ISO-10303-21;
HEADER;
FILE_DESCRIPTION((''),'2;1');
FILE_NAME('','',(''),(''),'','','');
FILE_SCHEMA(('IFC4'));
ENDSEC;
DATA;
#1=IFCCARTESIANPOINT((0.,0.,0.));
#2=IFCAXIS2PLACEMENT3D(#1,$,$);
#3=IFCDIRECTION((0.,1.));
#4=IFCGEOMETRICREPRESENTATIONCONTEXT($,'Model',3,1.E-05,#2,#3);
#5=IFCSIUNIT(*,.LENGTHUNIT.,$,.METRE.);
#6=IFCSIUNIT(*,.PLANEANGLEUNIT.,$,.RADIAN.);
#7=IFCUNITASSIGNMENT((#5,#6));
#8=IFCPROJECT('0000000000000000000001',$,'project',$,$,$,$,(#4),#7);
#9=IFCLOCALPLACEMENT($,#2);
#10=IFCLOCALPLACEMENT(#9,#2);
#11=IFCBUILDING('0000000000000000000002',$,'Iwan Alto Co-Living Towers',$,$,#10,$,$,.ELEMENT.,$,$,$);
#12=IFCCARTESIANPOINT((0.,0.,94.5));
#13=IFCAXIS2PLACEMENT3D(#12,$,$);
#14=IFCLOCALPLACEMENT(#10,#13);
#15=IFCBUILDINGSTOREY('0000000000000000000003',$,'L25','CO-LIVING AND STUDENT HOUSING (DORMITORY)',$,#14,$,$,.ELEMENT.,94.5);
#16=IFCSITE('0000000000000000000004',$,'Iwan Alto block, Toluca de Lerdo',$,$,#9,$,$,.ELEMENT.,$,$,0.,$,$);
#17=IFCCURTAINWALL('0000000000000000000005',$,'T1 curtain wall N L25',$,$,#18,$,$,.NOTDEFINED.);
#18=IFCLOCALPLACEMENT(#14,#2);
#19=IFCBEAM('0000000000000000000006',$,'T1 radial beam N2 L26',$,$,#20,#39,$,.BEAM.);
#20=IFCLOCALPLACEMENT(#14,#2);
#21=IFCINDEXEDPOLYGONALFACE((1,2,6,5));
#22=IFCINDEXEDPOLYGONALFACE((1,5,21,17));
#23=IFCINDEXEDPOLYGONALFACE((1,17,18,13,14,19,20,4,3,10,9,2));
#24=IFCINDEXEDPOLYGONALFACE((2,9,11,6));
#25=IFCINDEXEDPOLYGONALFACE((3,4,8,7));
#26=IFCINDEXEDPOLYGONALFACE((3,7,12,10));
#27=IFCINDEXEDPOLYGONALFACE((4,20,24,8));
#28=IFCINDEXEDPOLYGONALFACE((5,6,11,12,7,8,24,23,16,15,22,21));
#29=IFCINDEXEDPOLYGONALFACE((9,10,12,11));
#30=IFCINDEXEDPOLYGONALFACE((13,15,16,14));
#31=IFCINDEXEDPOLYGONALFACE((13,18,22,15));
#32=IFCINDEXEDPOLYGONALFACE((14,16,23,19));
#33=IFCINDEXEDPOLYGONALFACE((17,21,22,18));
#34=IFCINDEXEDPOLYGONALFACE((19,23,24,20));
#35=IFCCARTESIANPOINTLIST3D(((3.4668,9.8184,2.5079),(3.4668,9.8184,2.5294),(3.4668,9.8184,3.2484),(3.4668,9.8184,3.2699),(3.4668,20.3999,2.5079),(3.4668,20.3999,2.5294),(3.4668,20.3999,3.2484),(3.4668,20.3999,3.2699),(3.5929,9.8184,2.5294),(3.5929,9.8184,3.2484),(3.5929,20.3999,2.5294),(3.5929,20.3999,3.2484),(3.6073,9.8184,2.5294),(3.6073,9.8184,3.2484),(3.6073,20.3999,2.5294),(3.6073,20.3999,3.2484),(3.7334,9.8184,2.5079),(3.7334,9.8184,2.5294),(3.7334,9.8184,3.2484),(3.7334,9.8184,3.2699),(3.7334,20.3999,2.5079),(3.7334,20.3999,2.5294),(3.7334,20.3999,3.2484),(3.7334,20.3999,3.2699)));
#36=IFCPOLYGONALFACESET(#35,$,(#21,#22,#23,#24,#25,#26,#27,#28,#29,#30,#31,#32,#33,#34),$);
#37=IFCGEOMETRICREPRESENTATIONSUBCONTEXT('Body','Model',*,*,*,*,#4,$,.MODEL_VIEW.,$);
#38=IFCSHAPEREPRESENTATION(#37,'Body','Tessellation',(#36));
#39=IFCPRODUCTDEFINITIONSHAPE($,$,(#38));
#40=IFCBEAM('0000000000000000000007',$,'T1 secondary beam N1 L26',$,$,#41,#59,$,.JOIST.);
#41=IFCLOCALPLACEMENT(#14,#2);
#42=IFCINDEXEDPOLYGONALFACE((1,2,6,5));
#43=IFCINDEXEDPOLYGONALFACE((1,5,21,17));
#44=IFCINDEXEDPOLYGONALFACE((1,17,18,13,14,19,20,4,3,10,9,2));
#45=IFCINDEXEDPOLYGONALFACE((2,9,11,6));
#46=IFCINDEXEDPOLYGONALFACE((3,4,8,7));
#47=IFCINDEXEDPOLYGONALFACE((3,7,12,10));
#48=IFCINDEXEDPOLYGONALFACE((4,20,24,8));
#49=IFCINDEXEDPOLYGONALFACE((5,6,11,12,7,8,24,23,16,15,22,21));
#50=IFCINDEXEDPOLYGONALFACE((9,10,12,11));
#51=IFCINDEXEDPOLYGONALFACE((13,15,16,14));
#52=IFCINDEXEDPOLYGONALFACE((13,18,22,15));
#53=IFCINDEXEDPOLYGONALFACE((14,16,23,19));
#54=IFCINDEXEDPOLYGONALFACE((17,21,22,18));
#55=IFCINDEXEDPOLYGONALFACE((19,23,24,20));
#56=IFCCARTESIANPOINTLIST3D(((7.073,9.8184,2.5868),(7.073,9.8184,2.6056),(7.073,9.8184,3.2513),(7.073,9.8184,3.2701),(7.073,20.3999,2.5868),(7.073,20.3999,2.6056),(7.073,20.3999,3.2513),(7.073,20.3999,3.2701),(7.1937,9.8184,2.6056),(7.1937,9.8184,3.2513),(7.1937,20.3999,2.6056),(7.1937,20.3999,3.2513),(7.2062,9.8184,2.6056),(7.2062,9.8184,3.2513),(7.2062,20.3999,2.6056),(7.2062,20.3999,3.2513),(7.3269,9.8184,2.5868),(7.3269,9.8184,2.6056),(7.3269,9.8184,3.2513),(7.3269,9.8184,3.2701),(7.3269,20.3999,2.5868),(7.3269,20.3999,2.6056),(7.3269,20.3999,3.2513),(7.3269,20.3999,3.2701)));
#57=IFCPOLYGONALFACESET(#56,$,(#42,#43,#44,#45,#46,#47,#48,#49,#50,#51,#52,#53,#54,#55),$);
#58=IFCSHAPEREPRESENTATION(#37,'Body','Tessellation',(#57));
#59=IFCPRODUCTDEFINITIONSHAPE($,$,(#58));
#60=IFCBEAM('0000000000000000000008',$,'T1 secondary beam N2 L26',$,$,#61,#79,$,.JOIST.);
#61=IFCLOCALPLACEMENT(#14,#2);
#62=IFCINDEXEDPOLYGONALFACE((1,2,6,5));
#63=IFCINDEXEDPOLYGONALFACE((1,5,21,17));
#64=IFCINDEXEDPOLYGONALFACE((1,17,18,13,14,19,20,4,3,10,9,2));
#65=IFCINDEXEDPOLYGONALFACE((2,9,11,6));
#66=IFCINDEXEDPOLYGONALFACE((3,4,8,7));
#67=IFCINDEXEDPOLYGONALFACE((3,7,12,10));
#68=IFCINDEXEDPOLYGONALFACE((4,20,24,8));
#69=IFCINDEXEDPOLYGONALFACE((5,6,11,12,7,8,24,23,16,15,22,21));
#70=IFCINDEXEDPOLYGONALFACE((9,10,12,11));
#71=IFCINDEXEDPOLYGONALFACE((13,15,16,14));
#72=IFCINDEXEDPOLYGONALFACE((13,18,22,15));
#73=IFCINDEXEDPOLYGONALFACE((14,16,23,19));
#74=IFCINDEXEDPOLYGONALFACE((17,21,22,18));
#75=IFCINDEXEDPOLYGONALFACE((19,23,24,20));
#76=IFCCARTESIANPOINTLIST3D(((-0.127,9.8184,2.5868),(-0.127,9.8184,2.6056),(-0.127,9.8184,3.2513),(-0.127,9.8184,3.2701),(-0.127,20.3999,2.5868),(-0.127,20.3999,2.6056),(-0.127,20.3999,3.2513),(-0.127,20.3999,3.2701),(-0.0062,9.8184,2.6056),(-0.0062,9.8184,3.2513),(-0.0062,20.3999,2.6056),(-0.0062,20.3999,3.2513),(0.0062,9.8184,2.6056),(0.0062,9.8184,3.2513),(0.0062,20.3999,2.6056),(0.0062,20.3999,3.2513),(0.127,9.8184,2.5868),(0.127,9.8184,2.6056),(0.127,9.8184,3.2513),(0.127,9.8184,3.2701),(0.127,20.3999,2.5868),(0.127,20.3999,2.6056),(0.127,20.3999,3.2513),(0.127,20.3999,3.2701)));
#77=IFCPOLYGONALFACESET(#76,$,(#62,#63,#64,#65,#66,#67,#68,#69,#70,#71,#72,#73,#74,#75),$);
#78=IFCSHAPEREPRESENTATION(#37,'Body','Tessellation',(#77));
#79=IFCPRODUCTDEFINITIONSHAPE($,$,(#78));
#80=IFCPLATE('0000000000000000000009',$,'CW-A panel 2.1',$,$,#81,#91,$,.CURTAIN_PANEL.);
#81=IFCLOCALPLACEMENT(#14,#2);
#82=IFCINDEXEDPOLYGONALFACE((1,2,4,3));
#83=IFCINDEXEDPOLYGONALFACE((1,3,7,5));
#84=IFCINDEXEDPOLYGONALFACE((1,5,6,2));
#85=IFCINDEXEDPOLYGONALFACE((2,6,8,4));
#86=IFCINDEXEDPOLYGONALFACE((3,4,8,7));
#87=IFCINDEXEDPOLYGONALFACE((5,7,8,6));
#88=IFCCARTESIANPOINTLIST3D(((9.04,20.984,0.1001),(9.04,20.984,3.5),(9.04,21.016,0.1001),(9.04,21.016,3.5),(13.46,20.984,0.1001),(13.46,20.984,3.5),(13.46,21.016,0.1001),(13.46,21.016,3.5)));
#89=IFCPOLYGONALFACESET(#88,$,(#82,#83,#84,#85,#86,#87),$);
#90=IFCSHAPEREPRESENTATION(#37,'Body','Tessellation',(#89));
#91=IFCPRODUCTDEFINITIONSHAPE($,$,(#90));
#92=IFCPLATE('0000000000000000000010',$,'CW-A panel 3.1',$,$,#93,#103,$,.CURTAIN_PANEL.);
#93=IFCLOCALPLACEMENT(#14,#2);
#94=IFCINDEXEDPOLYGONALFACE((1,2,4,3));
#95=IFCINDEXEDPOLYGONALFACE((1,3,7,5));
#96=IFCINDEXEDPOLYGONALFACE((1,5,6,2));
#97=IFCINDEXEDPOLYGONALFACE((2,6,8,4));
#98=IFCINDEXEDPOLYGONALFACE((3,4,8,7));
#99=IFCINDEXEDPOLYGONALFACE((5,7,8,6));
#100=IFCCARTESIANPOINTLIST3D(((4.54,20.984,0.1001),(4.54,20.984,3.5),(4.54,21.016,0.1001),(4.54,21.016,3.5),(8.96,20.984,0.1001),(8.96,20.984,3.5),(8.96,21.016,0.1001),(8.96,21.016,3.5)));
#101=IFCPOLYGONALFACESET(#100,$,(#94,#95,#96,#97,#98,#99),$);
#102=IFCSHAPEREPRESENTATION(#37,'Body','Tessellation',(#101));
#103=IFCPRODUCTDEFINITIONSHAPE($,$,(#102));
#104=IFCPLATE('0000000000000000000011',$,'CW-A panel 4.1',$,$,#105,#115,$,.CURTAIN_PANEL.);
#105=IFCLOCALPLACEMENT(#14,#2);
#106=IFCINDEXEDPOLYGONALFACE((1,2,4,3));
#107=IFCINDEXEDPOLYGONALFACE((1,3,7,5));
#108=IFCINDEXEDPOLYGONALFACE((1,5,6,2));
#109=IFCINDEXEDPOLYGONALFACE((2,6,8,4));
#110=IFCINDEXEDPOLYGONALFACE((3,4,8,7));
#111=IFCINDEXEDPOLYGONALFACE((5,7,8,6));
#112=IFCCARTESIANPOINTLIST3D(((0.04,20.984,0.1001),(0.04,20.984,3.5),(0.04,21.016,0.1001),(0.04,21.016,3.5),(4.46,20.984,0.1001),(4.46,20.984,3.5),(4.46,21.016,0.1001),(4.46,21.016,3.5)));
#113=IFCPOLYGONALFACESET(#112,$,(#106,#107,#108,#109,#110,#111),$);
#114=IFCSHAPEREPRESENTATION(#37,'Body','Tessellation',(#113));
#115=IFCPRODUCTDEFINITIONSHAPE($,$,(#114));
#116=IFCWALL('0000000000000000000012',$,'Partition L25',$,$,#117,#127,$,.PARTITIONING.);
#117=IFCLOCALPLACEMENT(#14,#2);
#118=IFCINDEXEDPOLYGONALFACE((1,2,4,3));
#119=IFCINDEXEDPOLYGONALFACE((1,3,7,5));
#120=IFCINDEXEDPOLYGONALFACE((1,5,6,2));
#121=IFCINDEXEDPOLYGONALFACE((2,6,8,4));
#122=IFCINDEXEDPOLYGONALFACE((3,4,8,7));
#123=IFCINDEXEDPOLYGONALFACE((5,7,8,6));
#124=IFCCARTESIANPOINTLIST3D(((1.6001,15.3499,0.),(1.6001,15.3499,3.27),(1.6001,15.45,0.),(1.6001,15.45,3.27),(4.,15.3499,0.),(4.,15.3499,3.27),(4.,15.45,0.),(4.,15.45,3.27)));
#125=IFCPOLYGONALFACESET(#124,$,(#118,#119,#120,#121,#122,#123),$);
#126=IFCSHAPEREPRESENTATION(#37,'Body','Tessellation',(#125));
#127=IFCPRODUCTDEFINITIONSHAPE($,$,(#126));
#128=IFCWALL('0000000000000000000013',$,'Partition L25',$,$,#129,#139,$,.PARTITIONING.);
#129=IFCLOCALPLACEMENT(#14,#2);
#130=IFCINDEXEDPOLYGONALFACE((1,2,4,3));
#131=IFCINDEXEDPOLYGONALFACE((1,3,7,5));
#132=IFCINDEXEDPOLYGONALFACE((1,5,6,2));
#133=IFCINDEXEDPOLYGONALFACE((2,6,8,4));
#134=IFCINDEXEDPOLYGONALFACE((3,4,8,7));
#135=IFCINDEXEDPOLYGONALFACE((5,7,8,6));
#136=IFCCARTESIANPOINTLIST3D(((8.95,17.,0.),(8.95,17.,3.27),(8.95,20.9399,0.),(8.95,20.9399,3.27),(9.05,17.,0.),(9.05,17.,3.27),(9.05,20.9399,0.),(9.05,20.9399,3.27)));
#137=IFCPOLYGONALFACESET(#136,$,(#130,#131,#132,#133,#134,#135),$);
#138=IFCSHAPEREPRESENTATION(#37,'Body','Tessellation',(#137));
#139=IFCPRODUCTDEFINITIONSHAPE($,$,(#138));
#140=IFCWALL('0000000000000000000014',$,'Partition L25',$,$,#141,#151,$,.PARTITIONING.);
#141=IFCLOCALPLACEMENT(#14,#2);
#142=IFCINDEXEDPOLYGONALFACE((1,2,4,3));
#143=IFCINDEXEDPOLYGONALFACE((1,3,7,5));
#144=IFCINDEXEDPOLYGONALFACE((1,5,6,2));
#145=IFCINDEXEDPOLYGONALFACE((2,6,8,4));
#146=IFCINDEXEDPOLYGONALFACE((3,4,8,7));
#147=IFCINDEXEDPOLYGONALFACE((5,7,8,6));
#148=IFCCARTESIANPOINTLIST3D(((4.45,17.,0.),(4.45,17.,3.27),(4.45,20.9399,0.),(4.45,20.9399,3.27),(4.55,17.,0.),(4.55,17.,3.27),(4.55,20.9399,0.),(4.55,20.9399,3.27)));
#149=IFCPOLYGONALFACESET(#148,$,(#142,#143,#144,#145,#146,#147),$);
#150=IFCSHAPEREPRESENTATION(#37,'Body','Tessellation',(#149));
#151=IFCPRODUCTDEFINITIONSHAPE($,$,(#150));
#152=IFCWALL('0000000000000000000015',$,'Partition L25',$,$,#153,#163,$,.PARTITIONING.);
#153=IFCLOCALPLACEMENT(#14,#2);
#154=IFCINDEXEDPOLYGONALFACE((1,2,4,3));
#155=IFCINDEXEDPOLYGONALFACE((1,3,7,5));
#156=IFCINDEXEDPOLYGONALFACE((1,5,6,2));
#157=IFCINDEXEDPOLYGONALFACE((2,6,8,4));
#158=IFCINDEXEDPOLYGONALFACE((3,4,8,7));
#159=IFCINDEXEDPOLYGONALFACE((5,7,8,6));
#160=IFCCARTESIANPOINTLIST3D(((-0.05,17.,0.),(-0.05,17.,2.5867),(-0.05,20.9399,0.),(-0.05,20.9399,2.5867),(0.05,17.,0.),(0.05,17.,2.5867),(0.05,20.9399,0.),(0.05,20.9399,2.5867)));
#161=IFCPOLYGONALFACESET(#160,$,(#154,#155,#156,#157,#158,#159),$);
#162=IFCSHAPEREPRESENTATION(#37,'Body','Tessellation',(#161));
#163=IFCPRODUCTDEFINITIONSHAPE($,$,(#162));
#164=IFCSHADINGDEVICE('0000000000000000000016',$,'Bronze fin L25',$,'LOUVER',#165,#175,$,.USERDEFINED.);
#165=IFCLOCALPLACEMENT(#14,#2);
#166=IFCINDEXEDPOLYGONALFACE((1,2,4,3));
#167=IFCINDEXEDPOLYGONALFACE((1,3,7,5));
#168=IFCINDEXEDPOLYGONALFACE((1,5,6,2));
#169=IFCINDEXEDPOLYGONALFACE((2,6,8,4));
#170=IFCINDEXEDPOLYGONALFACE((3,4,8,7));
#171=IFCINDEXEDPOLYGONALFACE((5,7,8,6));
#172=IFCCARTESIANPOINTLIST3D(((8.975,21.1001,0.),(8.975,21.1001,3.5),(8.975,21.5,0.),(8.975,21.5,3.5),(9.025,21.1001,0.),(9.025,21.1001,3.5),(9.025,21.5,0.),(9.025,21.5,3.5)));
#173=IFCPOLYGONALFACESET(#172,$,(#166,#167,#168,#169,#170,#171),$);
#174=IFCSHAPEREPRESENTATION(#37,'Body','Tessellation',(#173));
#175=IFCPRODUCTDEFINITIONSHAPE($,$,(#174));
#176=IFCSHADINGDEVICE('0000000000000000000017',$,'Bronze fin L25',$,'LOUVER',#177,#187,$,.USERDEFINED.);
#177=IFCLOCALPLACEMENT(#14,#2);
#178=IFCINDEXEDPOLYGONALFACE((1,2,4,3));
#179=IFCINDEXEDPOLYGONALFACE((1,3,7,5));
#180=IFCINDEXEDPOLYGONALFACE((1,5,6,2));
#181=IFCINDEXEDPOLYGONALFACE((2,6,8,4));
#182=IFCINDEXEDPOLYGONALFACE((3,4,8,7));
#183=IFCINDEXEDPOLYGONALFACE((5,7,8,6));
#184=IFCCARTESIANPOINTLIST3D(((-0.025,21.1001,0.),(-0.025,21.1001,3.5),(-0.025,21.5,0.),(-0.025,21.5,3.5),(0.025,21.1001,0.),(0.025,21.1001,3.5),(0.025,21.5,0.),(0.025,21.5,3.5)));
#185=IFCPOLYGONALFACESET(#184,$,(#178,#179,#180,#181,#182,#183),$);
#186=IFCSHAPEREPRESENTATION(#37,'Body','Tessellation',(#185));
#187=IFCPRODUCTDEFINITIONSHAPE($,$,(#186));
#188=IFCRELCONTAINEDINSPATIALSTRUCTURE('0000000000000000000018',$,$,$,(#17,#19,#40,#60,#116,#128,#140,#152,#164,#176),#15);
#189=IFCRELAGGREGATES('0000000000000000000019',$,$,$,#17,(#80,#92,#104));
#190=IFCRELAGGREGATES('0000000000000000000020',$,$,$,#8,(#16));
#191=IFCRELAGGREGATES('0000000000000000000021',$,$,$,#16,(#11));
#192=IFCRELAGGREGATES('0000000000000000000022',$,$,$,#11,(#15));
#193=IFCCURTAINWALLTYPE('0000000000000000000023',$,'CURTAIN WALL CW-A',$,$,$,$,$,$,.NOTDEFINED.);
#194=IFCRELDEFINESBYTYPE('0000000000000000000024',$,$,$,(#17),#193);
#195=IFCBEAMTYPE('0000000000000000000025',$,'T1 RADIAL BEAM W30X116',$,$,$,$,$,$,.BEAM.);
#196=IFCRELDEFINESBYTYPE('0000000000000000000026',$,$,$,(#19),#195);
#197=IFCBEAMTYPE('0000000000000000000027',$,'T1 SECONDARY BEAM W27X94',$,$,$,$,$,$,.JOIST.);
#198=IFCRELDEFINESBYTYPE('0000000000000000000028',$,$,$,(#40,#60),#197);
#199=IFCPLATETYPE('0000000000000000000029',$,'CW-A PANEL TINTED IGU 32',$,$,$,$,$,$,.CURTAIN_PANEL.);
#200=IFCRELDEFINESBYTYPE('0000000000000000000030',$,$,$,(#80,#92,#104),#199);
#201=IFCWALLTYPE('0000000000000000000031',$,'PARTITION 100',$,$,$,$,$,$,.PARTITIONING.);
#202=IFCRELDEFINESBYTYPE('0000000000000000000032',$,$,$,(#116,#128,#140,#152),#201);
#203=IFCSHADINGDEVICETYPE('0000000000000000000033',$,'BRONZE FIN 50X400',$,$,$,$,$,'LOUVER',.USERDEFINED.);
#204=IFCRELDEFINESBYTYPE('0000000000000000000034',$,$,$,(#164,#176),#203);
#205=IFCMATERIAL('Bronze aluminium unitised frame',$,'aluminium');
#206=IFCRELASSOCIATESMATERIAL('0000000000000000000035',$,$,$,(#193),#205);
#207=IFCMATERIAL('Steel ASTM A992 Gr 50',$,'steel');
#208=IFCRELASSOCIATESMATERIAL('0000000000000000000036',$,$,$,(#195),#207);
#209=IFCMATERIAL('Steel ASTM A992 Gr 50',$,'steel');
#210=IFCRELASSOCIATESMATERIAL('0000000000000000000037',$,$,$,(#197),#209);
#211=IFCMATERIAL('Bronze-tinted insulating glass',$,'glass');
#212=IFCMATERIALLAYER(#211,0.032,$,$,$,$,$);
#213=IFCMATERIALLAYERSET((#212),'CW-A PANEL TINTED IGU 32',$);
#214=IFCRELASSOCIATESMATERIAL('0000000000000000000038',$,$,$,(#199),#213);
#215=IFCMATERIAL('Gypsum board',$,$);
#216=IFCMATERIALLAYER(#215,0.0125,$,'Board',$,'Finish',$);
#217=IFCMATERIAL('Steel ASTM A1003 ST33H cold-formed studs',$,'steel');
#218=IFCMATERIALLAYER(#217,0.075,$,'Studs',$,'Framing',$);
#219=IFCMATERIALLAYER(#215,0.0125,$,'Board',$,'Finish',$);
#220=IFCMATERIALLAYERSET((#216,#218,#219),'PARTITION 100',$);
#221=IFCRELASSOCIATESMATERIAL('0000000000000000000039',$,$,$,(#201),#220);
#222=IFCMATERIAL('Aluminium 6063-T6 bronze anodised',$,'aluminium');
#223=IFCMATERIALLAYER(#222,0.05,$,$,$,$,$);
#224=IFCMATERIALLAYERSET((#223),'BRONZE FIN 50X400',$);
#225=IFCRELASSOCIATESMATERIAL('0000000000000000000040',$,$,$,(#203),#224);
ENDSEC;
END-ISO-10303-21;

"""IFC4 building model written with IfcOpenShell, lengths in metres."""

from ifc_helpers import new_model, si_unit, direction, frame, frame_2d, origin, origin_2d, place, context, subcontext, project, spatial, rectangle, i_section, extrude, material, layer, layer_set, material_profile, profile_set, type_object, element, aggregate, save


model = new_model("IFC4")

# Units and contexts
model_context = context("Model", 3, precision=1e-05, world=origin(), true_north=direction((0.0, 1.0)))
body_context = subcontext(model_context, "Body", "Model", "MODEL_VIEW")
ifc_project = project(units=[si_unit("LENGTHUNIT", "METRE"), si_unit("PLANEANGLEUNIT", "RADIAN")], contexts=[model_context])

# Site, building, storey
site_placement = place(None, origin())
site = spatial("IfcSite", under=ifc_project, at=site_placement, Name="Iwan Alto block, Toluca de Lerdo", CompositionType="ELEMENT", RefElevation=0.0)
building_placement = place(site_placement, origin())
building = spatial("IfcBuilding", under=site, at=building_placement, Name="Iwan Alto Co-Living Towers", CompositionType="ELEMENT")
storey_placement = place(building_placement, frame((0.0, 0.0, 94.5)))
storey = spatial("IfcBuildingStorey", under=building, at=storey_placement, Name="L25", Description="CO-LIVING AND STUDENT HOUSING (DORMITORY)", CompositionType="ELEMENT", Elevation=94.5)

# Curtain wall
ifc_material_1 = material(Name="Bronze aluminium unitised frame", Category="aluminium")
curtain_wall_type = type_object("IfcCurtainWallType", Name="CURTAIN WALL CW-A", PredefinedType="NOTDEFINED", material=ifc_material_1)
curtain_wall_placement = place(storey_placement, origin())
curtain_wall = element("IfcCurtainWall", 1, at=curtain_wall_placement, inside=storey, type_object=curtain_wall_type, Name="T1 curtain wall N L25", PredefinedType="NOTDEFINED")

# Beams
ifc_material_2 = material(Name="Steel ASTM A992 Gr 50", Category="steel")
ifc_material_profile_1 = material_profile(ifc_material_2, i_section(OverallWidth=0.2666, OverallDepth=0.762, WebThickness=0.0144, FlangeThickness=0.0215, at=origin_2d()), Name="W30X116")
ifc_profile_set_1 = profile_set([ifc_material_profile_1], Name="Steel ASTM A992 Gr 50")
beam_type_1 = type_object("IfcBeamType", Name="T1 RADIAL BEAM W30X116", PredefinedType="BEAM", material=ifc_profile_set_1)
beam_1_placement = place(storey_placement, frame((3.6001, 20.3999, 2.8889), z_axis=(0.0, -1.0, 0.0), x_axis=(1.0, 0.0, 0.0)))
element("IfcBeam", 2, at=beam_1_placement, inside=storey, type_object=beam_type_1, Name="T1 radial beam N2 L26", PredefinedType="BEAM", context=body_context, shape_type="SweptSolid", body=[
    extrude(i_section(OverallWidth=0.2666, OverallDepth=0.762, WebThickness=0.0144, FlangeThickness=0.0215, at=origin_2d()), origin(), (0.0, 0.0, 1.0), 10.5815),
])
ifc_material_3 = material(Name="Steel ASTM A992 Gr 50", Category="steel")
ifc_material_profile_2 = material_profile(ifc_material_3, i_section(OverallWidth=0.2539, OverallDepth=0.6833, WebThickness=0.0125, FlangeThickness=0.0188, at=origin_2d()), Name="W27X94")
ifc_profile_set_2 = profile_set([ifc_material_profile_2], Name="Steel ASTM A992 Gr 50")
beam_type_2 = type_object("IfcBeamType", Name="T1 SECONDARY BEAM W27X94", PredefinedType="JOIST", material=ifc_profile_set_2)
for number, where, z_axis, x_axis, name in (
    (3, (7.2, 20.3999, 2.9285), (0.0, -1.0, 0.0), (1.0, 0.0, 0.0), "T1 secondary beam N1 L26"),
    (4, (0.0, 20.3999, 2.9285), (0.0, -1.0, 0.0), (1.0, 0.0, 0.0), "T1 secondary beam N2 L26"),
):
    element("IfcBeam", number, at=place(storey_placement, frame(where, z_axis=z_axis, x_axis=x_axis)), inside=storey, type_object=beam_type_2, Name=name, PredefinedType="JOIST", context=body_context, shape_type="SweptSolid", body=[
        extrude(i_section(OverallWidth=0.2539, OverallDepth=0.6833, WebThickness=0.0125, FlangeThickness=0.0188, at=origin_2d()), origin(), (0.0, 0.0, 1.0), 10.5815),
    ])

# Plates
ifc_material_4 = material(Name="Bronze-tinted insulating glass", Category="glass")
ifc_layer_1 = layer(ifc_material_4, 0.032)
ifc_layer_set_1 = layer_set([ifc_layer_1], Name="CW-A PANEL TINTED IGU 32")
plate_type = type_object("IfcPlateType", Name="CW-A PANEL TINTED IGU 32", PredefinedType="CURTAIN_PANEL", material=ifc_layer_set_1)
plate_1_placement = place(storey_placement, frame((11.25, 21.0, 0.1001), z_axis=(0.0, 0.0, 1.0), x_axis=(-1.0, 0.0, 0.0)))
plate_1 = element("IfcPlate", 5, at=plate_1_placement, type_object=plate_type, Name="CW-A panel 2.1", PredefinedType="CURTAIN_PANEL", context=body_context, shape_type="SweptSolid", body=[
    extrude(rectangle(XDim=4.4199, YDim=0.032, at=origin_2d()), origin(), (0.0, 0.0, 1.0), 3.3999),
])
plate_2_placement = place(storey_placement, frame((6.75, 21.0, 0.1001), z_axis=(0.0, 0.0, 1.0), x_axis=(-1.0, 0.0, 0.0)))
plate_2 = element("IfcPlate", 6, at=plate_2_placement, type_object=plate_type, Name="CW-A panel 3.1", PredefinedType="CURTAIN_PANEL", context=body_context, shape_type="SweptSolid", body=[
    extrude(rectangle(XDim=4.4199, YDim=0.032, at=origin_2d()), origin(), (0.0, 0.0, 1.0), 3.3999),
])
plate_3_placement = place(storey_placement, frame((2.25, 21.0, 0.1001), z_axis=(0.0, 0.0, 1.0), x_axis=(-1.0, 0.0, 0.0)))
plate_3 = element("IfcPlate", 7, at=plate_3_placement, type_object=plate_type, Name="CW-A panel 4.1", PredefinedType="CURTAIN_PANEL", context=body_context, shape_type="SweptSolid", body=[
    extrude(rectangle(XDim=4.4199, YDim=0.032, at=origin_2d()), origin(), (0.0, 0.0, 1.0), 3.3999),
])
aggregate(curtain_wall, [plate_1, plate_2, plate_3])

# Walls
ifc_material_5 = material(Name="Gypsum board")
ifc_layer_2 = layer(ifc_material_5, 0.0125, Name="Board", Category="Finish")
ifc_material_6 = material(Name="Steel ASTM A1003 ST33H cold-formed studs", Category="steel")
ifc_layer_3 = layer(ifc_material_6, 0.075, Name="Studs", Category="Framing")
ifc_layer_4 = layer(ifc_material_5, 0.0125, Name="Board", Category="Finish")
ifc_layer_set_2 = layer_set([ifc_layer_2, ifc_layer_3, ifc_layer_4], Name="PARTITION 100")
wall_type = type_object("IfcWallType", Name="PARTITION 100", PredefinedType="PARTITIONING", material=ifc_layer_set_2)
wall_1_placement = place(storey_placement, frame((1.6001, 15.3999, 0.0), z_axis=(0.0, 0.0, 1.0), x_axis=(1.0, 0.0, 0.0)))
element("IfcWall", 8, at=wall_1_placement, inside=storey, type_object=wall_type, Name="Partition L25", PredefinedType="PARTITIONING", context=body_context, shape_type="SweptSolid", body=[
    extrude(rectangle(XDim=2.3999, YDim=0.1001, at=frame_2d((1.2, 0.0))), origin(), (0.0, 0.0, 1.0), 3.27),
])
for number, where, z_axis, x_axis, name in (
    (9, (9.0, 17.0, 0.0), (0.0, 0.0, 1.0), (0.0, 1.0, 0.0), "Partition L25"),
    (10, (4.5, 17.0, 0.0), (0.0, 0.0, 1.0), (0.0, 1.0, 0.0), "Partition L25"),
):
    element("IfcWall", number, at=place(storey_placement, frame(where, z_axis=z_axis, x_axis=x_axis)), inside=storey, type_object=wall_type, Name=name, PredefinedType="PARTITIONING", context=body_context, shape_type="SweptSolid", body=[
        extrude(rectangle(XDim=3.9399, YDim=0.1001, at=frame_2d((1.97, 0.0))), origin(), (0.0, 0.0, 1.0), 3.27),
    ])
wall_2_placement = place(storey_placement, frame((0.0, 17.0, 0.0), z_axis=(0.0, 0.0, 1.0), x_axis=(0.0, 1.0, 0.0)))
element("IfcWall", 11, at=wall_2_placement, inside=storey, type_object=wall_type, Name="Partition L25", PredefinedType="PARTITIONING", context=body_context, shape_type="SweptSolid", body=[
    extrude(rectangle(XDim=3.9399, YDim=0.1001, at=frame_2d((1.97, 0.0))), origin(), (0.0, 0.0, 1.0), 2.5867),
])

# Shading devices
ifc_material_7 = material(Name="Aluminium 6063-T6 bronze anodised", Category="aluminium")
ifc_layer_5 = layer(ifc_material_7, 0.05)
ifc_layer_set_3 = layer_set([ifc_layer_5], Name="BRONZE FIN 50X400")
shading_device_type = type_object("IfcShadingDeviceType", Name="BRONZE FIN 50X400", ElementType="LOUVER", PredefinedType="USERDEFINED", material=ifc_layer_set_3)
for number, where, z_axis, x_axis, name in (
    (12, (9.0, 21.3, 0.0), (0.0, 0.0, 1.0), (-1.0, 0.0, 0.0), "Bronze fin L25"),
    (13, (0.0, 21.3, 0.0), (0.0, 0.0, 1.0), (-1.0, 0.0, 0.0), "Bronze fin L25"),
):
    element("IfcShadingDevice", number, at=place(storey_placement, frame(where, z_axis=z_axis, x_axis=x_axis)), inside=storey, type_object=shading_device_type, Name=name, ObjectType="LOUVER", PredefinedType="USERDEFINED", context=body_context, shape_type="SweptSolid", body=[
        extrude(rectangle(XDim=0.05, YDim=0.3999, at=origin_2d()), origin(), (0.0, 0.0, 1.0), 3.5),
    ])

save(model, "model.ifc")
